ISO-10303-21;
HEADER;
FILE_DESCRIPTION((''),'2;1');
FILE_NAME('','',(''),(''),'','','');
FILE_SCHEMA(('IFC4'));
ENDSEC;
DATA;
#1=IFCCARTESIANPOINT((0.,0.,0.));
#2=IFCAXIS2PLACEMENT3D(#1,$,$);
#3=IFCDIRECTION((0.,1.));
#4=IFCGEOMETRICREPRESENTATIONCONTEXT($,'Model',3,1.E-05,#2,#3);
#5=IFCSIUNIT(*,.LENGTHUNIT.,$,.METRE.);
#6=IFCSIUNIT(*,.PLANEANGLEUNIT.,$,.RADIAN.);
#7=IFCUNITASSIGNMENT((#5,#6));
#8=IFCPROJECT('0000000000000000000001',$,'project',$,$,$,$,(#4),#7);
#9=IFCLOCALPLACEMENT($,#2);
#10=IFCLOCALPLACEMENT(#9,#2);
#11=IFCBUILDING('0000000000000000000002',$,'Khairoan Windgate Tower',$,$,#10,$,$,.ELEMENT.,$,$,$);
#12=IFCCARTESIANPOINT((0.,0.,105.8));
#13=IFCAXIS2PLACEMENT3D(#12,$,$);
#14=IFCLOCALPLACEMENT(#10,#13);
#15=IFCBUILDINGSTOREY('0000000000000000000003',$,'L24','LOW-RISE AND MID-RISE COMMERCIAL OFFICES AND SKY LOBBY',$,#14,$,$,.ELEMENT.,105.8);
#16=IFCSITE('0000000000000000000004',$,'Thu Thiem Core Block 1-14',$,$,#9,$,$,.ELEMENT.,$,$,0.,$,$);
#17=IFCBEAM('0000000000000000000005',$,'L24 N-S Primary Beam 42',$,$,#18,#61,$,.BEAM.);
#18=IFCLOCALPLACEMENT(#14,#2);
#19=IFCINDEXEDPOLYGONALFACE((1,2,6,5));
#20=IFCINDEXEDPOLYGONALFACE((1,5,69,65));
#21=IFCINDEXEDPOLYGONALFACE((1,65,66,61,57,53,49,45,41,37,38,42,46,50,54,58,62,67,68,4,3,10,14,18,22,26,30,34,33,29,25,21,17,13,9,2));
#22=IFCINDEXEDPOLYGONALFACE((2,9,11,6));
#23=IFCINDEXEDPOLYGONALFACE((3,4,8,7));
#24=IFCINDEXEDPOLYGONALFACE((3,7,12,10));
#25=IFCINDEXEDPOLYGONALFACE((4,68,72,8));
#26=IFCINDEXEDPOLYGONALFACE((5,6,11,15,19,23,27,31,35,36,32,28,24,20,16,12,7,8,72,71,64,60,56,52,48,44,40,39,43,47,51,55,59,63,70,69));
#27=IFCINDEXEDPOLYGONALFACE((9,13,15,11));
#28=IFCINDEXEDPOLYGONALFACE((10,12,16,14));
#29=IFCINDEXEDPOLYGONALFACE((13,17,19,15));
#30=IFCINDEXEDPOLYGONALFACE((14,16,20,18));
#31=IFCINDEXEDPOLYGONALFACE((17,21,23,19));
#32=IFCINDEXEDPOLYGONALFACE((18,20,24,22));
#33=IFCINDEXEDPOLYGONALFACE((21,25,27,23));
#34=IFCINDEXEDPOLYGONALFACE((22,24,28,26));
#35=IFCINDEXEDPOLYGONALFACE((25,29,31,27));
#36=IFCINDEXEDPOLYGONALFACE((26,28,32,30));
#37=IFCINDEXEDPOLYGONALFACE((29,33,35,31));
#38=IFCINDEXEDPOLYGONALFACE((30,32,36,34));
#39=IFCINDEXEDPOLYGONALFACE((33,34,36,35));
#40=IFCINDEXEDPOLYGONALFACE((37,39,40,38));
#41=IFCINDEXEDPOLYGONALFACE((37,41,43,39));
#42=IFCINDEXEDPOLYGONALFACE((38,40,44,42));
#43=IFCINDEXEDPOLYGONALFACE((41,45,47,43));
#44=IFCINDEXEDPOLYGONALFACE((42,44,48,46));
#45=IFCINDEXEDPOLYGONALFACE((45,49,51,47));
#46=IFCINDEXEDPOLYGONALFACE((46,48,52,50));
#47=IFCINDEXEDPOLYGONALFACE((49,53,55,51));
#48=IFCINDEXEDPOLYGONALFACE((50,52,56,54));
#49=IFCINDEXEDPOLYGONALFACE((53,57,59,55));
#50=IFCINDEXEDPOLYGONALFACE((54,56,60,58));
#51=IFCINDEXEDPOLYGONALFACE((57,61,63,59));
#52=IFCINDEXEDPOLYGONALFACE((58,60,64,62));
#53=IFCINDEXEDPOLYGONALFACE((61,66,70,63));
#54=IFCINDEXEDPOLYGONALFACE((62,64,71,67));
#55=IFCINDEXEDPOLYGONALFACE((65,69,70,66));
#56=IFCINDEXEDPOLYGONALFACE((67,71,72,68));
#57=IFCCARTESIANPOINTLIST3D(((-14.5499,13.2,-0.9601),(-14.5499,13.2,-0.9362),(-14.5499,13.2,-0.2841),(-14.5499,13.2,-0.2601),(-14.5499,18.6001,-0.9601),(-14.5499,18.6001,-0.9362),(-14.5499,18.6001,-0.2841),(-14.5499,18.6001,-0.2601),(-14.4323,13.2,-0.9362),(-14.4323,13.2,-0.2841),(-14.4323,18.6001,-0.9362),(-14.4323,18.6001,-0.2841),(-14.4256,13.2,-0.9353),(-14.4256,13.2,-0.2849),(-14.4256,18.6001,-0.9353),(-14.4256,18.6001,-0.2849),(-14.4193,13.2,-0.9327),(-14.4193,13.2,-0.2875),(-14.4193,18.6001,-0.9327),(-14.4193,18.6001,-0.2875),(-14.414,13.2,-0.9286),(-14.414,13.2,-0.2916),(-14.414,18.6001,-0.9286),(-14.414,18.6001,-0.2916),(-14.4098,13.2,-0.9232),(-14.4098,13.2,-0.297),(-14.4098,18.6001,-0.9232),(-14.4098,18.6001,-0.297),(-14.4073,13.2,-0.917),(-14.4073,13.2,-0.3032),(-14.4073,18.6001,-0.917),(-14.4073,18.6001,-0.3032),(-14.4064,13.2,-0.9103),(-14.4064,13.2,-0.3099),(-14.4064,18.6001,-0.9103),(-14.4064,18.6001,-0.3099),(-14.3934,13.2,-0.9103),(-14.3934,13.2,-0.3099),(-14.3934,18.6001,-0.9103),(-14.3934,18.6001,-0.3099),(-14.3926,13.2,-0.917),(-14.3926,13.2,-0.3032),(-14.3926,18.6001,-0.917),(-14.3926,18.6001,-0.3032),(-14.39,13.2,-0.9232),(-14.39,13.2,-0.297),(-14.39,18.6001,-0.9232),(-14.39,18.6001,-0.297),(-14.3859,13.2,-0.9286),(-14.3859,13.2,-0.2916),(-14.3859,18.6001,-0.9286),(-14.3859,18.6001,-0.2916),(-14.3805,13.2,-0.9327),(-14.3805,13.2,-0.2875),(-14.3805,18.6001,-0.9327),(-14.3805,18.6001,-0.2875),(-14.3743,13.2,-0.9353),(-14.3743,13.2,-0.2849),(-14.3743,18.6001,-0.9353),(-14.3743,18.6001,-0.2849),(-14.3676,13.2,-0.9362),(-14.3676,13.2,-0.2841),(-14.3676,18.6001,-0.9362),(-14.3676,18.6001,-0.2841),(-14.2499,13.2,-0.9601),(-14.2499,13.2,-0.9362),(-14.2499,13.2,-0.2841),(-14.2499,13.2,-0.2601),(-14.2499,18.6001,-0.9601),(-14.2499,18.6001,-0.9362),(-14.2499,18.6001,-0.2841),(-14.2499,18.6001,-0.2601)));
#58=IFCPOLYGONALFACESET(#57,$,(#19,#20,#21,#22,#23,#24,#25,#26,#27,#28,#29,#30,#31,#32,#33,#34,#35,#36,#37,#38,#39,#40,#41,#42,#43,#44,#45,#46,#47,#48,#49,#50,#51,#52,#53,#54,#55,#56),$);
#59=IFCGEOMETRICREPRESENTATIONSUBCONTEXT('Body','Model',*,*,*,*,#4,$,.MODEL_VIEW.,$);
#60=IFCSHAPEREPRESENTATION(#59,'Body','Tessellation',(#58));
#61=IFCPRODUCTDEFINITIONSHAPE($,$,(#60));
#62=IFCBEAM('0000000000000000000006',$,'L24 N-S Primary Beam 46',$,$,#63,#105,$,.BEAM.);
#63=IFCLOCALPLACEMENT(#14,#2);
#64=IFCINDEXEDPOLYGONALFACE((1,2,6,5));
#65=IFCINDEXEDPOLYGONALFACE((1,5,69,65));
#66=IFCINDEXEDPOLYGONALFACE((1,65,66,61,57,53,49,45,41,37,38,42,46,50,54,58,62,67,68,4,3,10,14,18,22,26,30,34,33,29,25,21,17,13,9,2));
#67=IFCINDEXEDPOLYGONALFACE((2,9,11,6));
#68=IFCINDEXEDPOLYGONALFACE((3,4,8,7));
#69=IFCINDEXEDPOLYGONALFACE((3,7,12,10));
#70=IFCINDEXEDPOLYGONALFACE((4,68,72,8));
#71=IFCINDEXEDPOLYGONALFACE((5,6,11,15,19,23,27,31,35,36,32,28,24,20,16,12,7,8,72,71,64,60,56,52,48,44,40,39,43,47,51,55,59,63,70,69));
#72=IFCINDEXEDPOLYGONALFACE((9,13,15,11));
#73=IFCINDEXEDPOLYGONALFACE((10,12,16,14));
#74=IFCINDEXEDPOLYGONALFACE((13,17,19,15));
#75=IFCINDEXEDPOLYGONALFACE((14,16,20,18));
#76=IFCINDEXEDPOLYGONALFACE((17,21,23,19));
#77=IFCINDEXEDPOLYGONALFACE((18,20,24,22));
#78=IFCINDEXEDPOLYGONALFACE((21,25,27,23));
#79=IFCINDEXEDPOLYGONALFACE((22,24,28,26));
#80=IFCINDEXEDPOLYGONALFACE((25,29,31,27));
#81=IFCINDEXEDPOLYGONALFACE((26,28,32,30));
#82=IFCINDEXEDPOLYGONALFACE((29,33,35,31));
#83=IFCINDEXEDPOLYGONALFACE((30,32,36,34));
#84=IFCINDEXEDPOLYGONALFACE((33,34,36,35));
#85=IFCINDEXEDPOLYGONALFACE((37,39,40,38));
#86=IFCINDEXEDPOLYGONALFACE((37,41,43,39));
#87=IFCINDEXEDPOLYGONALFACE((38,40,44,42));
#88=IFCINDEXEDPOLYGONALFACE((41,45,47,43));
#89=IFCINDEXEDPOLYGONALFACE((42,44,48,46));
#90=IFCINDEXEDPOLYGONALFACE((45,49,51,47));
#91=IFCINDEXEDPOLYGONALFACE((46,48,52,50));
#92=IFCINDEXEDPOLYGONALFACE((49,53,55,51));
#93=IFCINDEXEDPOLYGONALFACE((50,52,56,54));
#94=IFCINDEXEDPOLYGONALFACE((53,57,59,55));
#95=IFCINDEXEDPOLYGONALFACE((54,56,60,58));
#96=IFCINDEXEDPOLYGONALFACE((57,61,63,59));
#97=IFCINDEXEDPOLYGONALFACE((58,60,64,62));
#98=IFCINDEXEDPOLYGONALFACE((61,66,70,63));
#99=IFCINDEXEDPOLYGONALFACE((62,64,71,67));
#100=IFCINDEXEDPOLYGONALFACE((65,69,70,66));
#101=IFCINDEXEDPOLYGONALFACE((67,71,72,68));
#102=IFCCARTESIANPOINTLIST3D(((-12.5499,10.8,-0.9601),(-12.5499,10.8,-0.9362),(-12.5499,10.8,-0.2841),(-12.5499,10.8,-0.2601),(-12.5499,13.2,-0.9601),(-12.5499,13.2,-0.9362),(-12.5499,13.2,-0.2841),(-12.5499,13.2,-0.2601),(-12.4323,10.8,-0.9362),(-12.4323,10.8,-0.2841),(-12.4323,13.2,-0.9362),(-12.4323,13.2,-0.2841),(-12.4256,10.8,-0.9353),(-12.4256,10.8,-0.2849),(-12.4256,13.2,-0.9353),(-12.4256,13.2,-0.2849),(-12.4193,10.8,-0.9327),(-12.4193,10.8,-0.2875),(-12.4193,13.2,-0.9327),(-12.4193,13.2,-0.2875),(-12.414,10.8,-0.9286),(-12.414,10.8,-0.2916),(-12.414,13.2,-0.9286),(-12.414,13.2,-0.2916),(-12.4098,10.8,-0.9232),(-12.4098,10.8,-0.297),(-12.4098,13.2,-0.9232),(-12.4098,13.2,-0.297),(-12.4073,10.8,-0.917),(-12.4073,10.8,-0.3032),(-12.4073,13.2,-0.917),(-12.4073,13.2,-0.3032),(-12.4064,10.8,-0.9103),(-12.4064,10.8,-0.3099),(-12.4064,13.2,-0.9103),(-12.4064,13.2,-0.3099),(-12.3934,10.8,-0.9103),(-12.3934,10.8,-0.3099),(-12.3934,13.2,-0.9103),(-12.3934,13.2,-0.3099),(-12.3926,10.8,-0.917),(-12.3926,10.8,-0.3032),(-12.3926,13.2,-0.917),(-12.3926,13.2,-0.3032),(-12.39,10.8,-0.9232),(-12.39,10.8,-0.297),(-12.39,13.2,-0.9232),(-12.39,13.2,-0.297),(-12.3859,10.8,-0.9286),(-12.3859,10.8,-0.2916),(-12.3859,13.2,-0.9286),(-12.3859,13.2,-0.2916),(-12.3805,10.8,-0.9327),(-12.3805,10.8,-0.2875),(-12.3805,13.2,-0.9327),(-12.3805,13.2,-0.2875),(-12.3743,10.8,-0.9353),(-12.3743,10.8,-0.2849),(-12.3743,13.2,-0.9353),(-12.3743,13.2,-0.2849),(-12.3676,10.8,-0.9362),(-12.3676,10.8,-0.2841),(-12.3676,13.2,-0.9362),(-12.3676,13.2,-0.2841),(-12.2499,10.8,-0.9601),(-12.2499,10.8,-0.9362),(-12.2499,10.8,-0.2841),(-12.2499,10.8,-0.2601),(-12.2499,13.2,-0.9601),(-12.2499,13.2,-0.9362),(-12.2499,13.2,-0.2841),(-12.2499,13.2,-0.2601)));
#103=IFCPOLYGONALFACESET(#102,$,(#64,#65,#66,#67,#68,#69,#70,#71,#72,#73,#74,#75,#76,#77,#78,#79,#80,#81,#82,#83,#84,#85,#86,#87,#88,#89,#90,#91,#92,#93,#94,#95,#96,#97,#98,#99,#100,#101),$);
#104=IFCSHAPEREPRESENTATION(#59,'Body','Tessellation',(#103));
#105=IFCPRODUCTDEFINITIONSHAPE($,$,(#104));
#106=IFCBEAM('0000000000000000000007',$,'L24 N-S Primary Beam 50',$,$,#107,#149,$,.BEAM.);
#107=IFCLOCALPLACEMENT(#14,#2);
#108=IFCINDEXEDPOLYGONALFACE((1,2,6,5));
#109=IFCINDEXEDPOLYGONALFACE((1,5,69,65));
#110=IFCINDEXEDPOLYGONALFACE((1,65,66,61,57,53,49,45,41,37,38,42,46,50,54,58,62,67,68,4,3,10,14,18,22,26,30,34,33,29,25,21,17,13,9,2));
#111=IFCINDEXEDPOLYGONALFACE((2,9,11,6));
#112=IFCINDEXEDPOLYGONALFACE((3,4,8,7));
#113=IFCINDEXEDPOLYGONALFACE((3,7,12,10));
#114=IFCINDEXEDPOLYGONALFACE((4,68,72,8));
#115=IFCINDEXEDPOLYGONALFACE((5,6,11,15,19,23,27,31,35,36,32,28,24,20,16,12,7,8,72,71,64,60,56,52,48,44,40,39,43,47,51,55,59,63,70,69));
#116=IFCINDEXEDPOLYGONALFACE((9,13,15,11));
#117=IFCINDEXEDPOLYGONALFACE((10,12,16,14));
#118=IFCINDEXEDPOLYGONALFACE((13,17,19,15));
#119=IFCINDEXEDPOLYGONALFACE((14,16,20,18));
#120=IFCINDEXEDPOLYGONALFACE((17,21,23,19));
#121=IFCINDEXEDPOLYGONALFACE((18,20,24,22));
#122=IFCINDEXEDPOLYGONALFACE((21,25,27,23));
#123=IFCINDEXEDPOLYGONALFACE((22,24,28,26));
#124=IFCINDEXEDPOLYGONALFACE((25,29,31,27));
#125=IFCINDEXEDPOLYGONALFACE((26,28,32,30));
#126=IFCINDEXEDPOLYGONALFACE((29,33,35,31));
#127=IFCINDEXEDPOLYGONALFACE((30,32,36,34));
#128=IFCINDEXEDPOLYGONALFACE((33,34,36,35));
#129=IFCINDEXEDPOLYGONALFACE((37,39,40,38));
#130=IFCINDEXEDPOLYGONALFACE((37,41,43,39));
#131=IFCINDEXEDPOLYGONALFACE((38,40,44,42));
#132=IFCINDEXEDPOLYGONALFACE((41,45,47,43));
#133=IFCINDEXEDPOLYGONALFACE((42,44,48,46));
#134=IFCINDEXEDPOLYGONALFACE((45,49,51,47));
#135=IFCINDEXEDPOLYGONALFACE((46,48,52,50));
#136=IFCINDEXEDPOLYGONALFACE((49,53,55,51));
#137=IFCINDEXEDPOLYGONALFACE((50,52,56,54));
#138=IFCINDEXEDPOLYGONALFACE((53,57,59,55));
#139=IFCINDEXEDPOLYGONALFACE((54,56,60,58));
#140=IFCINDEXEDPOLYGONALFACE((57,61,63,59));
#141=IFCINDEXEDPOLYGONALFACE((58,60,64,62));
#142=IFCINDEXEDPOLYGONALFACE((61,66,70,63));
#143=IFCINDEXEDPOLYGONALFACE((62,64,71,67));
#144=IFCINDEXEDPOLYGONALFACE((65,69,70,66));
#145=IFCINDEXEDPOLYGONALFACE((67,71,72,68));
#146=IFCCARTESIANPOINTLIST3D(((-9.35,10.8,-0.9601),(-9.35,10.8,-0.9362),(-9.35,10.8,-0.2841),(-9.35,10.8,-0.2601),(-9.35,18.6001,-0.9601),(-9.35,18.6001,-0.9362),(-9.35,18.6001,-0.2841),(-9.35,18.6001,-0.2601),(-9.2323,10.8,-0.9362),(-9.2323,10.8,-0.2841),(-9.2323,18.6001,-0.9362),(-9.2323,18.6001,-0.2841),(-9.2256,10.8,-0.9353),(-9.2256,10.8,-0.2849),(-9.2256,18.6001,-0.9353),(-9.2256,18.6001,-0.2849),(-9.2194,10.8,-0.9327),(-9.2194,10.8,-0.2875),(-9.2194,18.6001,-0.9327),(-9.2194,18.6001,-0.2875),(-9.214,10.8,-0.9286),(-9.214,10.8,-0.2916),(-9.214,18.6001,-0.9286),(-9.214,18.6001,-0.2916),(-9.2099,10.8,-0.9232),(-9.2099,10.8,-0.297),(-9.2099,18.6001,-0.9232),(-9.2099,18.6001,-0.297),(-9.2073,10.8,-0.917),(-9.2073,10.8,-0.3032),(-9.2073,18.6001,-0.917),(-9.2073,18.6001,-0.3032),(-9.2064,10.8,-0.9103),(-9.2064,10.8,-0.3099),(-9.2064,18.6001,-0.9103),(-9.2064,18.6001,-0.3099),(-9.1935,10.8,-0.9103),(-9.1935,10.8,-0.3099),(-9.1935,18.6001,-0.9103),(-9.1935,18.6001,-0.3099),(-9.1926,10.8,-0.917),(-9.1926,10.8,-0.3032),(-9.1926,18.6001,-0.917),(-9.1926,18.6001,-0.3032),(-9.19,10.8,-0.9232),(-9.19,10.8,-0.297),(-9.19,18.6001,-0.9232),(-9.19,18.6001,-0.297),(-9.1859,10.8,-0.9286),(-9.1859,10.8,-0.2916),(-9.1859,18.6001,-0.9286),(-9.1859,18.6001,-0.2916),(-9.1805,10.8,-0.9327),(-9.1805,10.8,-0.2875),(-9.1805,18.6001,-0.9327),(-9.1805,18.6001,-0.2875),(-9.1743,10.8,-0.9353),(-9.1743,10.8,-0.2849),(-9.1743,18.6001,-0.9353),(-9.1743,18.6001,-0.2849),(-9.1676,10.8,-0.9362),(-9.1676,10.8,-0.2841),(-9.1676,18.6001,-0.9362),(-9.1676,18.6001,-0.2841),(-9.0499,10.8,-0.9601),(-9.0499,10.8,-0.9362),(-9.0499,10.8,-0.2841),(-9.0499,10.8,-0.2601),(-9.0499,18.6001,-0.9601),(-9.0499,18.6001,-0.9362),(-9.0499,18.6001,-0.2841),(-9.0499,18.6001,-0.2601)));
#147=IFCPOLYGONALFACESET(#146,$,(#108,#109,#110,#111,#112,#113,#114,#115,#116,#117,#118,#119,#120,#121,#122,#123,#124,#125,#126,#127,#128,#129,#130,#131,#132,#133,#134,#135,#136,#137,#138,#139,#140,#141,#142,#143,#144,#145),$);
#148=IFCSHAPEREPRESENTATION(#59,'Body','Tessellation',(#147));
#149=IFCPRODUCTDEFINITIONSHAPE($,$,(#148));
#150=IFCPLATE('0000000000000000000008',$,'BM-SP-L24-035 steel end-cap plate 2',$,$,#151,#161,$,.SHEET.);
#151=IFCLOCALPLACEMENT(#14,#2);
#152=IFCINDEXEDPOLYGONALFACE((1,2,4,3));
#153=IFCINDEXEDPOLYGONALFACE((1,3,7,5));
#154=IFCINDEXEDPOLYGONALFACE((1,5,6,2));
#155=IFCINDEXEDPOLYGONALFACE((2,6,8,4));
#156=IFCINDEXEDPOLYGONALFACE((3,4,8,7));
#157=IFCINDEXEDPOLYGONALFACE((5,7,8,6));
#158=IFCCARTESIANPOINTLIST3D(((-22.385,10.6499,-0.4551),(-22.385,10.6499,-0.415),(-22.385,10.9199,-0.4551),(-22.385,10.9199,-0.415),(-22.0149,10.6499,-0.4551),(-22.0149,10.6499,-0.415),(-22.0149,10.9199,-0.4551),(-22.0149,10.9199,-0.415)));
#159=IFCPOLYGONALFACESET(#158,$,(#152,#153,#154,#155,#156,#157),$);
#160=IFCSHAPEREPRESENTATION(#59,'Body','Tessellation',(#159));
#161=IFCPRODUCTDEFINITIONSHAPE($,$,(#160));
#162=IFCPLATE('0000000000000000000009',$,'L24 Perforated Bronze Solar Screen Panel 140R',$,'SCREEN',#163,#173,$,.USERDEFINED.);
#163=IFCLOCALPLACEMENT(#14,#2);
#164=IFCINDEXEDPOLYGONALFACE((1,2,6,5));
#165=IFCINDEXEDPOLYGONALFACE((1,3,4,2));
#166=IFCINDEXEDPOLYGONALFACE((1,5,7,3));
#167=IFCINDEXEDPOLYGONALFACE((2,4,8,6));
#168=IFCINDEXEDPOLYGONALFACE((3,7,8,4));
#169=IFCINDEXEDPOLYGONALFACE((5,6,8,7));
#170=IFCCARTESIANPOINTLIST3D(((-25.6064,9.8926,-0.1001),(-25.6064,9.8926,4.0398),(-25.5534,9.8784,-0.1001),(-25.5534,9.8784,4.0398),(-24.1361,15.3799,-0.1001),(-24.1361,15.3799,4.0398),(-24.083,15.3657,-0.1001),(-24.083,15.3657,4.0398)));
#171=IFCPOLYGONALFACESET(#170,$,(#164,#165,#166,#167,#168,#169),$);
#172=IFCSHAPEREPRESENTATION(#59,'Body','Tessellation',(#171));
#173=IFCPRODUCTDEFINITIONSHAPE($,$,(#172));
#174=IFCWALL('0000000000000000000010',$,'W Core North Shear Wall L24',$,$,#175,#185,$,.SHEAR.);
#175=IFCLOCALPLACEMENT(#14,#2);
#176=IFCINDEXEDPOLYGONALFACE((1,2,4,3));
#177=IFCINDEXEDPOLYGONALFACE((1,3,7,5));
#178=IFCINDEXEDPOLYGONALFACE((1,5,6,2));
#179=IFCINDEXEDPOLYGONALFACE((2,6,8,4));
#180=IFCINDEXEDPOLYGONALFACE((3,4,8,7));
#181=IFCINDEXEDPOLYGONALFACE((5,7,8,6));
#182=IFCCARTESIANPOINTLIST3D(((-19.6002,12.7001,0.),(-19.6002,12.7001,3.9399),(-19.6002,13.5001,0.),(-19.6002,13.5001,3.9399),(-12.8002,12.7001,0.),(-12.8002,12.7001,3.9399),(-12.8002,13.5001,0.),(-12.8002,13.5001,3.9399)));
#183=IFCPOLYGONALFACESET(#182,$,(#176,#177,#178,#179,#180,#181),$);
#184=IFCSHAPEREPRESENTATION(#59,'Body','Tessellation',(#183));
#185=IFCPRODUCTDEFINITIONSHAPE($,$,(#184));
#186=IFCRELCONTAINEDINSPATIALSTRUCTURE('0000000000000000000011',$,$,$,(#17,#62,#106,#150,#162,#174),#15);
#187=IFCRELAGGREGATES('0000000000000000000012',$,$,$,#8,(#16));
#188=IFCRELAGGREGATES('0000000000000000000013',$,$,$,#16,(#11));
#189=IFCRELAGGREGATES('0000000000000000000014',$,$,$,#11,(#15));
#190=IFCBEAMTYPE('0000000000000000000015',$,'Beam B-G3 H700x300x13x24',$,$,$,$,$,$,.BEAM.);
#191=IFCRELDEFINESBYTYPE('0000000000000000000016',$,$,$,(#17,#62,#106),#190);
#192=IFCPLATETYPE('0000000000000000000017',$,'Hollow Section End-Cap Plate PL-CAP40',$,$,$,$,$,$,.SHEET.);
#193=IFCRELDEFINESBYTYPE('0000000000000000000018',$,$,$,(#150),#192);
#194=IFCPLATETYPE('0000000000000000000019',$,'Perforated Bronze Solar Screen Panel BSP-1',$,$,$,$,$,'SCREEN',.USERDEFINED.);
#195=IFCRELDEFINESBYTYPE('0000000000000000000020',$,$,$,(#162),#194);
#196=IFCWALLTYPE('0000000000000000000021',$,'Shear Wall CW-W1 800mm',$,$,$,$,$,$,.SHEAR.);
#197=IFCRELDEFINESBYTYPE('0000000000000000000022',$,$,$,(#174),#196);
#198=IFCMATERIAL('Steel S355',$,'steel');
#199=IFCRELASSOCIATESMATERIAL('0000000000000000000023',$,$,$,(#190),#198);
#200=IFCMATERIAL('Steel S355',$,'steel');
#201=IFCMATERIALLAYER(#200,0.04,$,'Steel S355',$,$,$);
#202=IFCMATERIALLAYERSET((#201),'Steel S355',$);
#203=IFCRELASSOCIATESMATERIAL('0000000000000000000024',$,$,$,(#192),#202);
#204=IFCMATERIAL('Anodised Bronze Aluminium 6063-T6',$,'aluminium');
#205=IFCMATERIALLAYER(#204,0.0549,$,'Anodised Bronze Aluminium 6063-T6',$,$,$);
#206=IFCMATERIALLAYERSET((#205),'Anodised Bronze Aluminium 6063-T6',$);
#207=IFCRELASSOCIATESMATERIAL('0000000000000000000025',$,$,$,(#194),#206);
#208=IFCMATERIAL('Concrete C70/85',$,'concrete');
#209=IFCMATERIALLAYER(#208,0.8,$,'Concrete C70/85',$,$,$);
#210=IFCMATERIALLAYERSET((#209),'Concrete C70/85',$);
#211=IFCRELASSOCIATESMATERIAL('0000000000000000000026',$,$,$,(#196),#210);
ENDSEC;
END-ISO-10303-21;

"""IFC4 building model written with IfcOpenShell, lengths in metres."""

from ifc_helpers import new_model, si_unit, direction, frame, frame_2d, origin, origin_2d, place, context, subcontext, project, spatial, rectangle, i_section, extrude, material, layer, layer_set, material_profile, profile_set, type_object, element, save


model = new_model("IFC4")

# Units and contexts
model_context = context("Model", 3, precision=1e-05, world=origin(), true_north=direction((0.0, 1.0)))
body_context = subcontext(model_context, "Body", "Model", "MODEL_VIEW")
ifc_project = project(units=[si_unit("LENGTHUNIT", "METRE"), si_unit("PLANEANGLEUNIT", "RADIAN")], contexts=[model_context])

# Site, building, storey
site_placement = place(None, origin())
site = spatial("IfcSite", under=ifc_project, at=site_placement, Name="Thu Thiem Core Block 1-14", CompositionType="ELEMENT", RefElevation=0.0)
building_placement = place(site_placement, origin())
building = spatial("IfcBuilding", under=site, at=building_placement, Name="Khairoan Windgate Tower", CompositionType="ELEMENT")
storey_placement = place(building_placement, frame((0.0, 0.0, 105.8)))
storey = spatial("IfcBuildingStorey", under=building, at=storey_placement, Name="L24", Description="LOW-RISE AND MID-RISE COMMERCIAL OFFICES AND SKY LOBBY", CompositionType="ELEMENT", Elevation=105.8)

# Beams
ifc_material_1 = material(Name="Steel S355", Category="steel")
ifc_material_profile_1 = material_profile(ifc_material_1, i_section(OverallWidth=0.3, OverallDepth=0.7, WebThickness=0.0129, FlangeThickness=0.0239, FilletRadius=0.0259, at=origin_2d()))
ifc_profile_set_1 = profile_set([ifc_material_profile_1], Name="Steel S355")
beam_type = type_object("IfcBeamType", Name="Beam B-G3 H700x300x13x24", PredefinedType="BEAM", material=ifc_profile_set_1)
beam_1_placement = place(storey_placement, frame((-14.3999, 13.2, -0.6101), z_axis=(0.0, 1.0, 0.0), x_axis=(-1.0, 0.0, 0.0)))
element("IfcBeam", 1, at=beam_1_placement, inside=storey, type_object=beam_type, Name="L24 N-S Primary Beam 42", PredefinedType="BEAM", context=body_context, shape_type="SweptSolid", body=[
    extrude(i_section(OverallWidth=0.3, OverallDepth=0.7, WebThickness=0.0129, FlangeThickness=0.0239, FilletRadius=0.0259, at=origin_2d()), origin(), (0.0, 0.0, 1.0), 5.4001),
])
beam_2_placement = place(storey_placement, frame((-12.3999, 10.8, -0.6101), z_axis=(0.0, 1.0, 0.0), x_axis=(-1.0, 0.0, 0.0)))
element("IfcBeam", 2, at=beam_2_placement, inside=storey, type_object=beam_type, Name="L24 N-S Primary Beam 46", PredefinedType="BEAM", context=body_context, shape_type="SweptSolid", body=[
    extrude(i_section(OverallWidth=0.3, OverallDepth=0.7, WebThickness=0.0129, FlangeThickness=0.0239, FilletRadius=0.0259, at=origin_2d()), origin(), (0.0, 0.0, 1.0), 2.3999),
])
beam_3_placement = place(storey_placement, frame((-9.2, 10.8, -0.6101), z_axis=(0.0, 1.0, 0.0), x_axis=(-1.0, 0.0, 0.0)))
element("IfcBeam", 3, at=beam_3_placement, inside=storey, type_object=beam_type, Name="L24 N-S Primary Beam 50", PredefinedType="BEAM", context=body_context, shape_type="SweptSolid", body=[
    extrude(i_section(OverallWidth=0.3, OverallDepth=0.7, WebThickness=0.0129, FlangeThickness=0.0239, FilletRadius=0.0259, at=origin_2d()), origin(), (0.0, 0.0, 1.0), 7.8),
])

# Plates
ifc_material_2 = material(Name="Steel S355", Category="steel")
ifc_layer_1 = layer(ifc_material_2, 0.04, Name="Steel S355")
ifc_layer_set_1 = layer_set([ifc_layer_1], Name="Steel S355")
plate_type_1 = type_object("IfcPlateType", Name="Hollow Section End-Cap Plate PL-CAP40", PredefinedType="SHEET", material=ifc_layer_set_1)
plate_1_placement = place(storey_placement, frame((-22.2, 10.7849, -0.4551), z_axis=(0.0, 0.0, 1.0), x_axis=(0.0, 1.0, 0.0)))
element("IfcPlate", 4, at=plate_1_placement, inside=storey, type_object=plate_type_1, Name="BM-SP-L24-035 steel end-cap plate 2", PredefinedType="SHEET", context=body_context, shape_type="SweptSolid", body=[
    extrude(rectangle(XDim=0.27, YDim=0.3701, at=origin_2d()), origin(), (0.0, 0.0, 1.0), 0.04),
])
ifc_material_3 = material(Name="Anodised Bronze Aluminium 6063-T6", Category="aluminium")
ifc_layer_2 = layer(ifc_material_3, 0.0549, Name="Anodised Bronze Aluminium 6063-T6")
ifc_layer_set_2 = layer_set([ifc_layer_2], Name="Anodised Bronze Aluminium 6063-T6")
plate_type_2 = type_object("IfcPlateType", Name="Perforated Bronze Solar Screen Panel BSP-1", ElementType="SCREEN", PredefinedType="USERDEFINED", material=ifc_layer_set_2)
plate_2_placement = place(storey_placement, frame((-24.8447, 12.6292, -0.1001), z_axis=(0.0, 0.0, 1.0), x_axis=(0.258819, 0.965926, 0.0)))
element("IfcPlate", 5, at=plate_2_placement, inside=storey, type_object=plate_type_2, Name="L24 Perforated Bronze Solar Screen Panel 140R", ObjectType="SCREEN", PredefinedType="USERDEFINED", context=body_context, shape_type="SweptSolid", body=[
    extrude(rectangle(XDim=5.6809, YDim=0.0549, at=origin_2d()), origin(), (0.0, 0.0, 1.0), 4.1399),
])

# Wall
ifc_material_4 = material(Name="Concrete C70/85", Category="concrete")
ifc_layer_3 = layer(ifc_material_4, 0.8, Name="Concrete C70/85")
ifc_layer_set_3 = layer_set([ifc_layer_3], Name="Concrete C70/85")
wall_type_1 = type_object("IfcWallType", Name="Shear Wall CW-W1 800mm", PredefinedType="SHEAR", material=ifc_layer_set_3)
wall_1_placement = place(storey_placement, frame((-19.6001, 13.1001, 0.0), z_axis=(0.0, 0.0, 1.0), x_axis=(1.0, 0.0, 0.0)))
element("IfcWall", 6, at=wall_1_placement, inside=storey, type_object=wall_type_1, Name="W Core North Shear Wall L24", PredefinedType="SHEAR", context=body_context, shape_type="SweptSolid", body=[
    extrude(rectangle(XDim=6.8, YDim=0.8, at=frame_2d((3.3999, 0.0))), origin(), (0.0, 0.0, 1.0), 3.9399),
])

save(model, "model.ifc")
